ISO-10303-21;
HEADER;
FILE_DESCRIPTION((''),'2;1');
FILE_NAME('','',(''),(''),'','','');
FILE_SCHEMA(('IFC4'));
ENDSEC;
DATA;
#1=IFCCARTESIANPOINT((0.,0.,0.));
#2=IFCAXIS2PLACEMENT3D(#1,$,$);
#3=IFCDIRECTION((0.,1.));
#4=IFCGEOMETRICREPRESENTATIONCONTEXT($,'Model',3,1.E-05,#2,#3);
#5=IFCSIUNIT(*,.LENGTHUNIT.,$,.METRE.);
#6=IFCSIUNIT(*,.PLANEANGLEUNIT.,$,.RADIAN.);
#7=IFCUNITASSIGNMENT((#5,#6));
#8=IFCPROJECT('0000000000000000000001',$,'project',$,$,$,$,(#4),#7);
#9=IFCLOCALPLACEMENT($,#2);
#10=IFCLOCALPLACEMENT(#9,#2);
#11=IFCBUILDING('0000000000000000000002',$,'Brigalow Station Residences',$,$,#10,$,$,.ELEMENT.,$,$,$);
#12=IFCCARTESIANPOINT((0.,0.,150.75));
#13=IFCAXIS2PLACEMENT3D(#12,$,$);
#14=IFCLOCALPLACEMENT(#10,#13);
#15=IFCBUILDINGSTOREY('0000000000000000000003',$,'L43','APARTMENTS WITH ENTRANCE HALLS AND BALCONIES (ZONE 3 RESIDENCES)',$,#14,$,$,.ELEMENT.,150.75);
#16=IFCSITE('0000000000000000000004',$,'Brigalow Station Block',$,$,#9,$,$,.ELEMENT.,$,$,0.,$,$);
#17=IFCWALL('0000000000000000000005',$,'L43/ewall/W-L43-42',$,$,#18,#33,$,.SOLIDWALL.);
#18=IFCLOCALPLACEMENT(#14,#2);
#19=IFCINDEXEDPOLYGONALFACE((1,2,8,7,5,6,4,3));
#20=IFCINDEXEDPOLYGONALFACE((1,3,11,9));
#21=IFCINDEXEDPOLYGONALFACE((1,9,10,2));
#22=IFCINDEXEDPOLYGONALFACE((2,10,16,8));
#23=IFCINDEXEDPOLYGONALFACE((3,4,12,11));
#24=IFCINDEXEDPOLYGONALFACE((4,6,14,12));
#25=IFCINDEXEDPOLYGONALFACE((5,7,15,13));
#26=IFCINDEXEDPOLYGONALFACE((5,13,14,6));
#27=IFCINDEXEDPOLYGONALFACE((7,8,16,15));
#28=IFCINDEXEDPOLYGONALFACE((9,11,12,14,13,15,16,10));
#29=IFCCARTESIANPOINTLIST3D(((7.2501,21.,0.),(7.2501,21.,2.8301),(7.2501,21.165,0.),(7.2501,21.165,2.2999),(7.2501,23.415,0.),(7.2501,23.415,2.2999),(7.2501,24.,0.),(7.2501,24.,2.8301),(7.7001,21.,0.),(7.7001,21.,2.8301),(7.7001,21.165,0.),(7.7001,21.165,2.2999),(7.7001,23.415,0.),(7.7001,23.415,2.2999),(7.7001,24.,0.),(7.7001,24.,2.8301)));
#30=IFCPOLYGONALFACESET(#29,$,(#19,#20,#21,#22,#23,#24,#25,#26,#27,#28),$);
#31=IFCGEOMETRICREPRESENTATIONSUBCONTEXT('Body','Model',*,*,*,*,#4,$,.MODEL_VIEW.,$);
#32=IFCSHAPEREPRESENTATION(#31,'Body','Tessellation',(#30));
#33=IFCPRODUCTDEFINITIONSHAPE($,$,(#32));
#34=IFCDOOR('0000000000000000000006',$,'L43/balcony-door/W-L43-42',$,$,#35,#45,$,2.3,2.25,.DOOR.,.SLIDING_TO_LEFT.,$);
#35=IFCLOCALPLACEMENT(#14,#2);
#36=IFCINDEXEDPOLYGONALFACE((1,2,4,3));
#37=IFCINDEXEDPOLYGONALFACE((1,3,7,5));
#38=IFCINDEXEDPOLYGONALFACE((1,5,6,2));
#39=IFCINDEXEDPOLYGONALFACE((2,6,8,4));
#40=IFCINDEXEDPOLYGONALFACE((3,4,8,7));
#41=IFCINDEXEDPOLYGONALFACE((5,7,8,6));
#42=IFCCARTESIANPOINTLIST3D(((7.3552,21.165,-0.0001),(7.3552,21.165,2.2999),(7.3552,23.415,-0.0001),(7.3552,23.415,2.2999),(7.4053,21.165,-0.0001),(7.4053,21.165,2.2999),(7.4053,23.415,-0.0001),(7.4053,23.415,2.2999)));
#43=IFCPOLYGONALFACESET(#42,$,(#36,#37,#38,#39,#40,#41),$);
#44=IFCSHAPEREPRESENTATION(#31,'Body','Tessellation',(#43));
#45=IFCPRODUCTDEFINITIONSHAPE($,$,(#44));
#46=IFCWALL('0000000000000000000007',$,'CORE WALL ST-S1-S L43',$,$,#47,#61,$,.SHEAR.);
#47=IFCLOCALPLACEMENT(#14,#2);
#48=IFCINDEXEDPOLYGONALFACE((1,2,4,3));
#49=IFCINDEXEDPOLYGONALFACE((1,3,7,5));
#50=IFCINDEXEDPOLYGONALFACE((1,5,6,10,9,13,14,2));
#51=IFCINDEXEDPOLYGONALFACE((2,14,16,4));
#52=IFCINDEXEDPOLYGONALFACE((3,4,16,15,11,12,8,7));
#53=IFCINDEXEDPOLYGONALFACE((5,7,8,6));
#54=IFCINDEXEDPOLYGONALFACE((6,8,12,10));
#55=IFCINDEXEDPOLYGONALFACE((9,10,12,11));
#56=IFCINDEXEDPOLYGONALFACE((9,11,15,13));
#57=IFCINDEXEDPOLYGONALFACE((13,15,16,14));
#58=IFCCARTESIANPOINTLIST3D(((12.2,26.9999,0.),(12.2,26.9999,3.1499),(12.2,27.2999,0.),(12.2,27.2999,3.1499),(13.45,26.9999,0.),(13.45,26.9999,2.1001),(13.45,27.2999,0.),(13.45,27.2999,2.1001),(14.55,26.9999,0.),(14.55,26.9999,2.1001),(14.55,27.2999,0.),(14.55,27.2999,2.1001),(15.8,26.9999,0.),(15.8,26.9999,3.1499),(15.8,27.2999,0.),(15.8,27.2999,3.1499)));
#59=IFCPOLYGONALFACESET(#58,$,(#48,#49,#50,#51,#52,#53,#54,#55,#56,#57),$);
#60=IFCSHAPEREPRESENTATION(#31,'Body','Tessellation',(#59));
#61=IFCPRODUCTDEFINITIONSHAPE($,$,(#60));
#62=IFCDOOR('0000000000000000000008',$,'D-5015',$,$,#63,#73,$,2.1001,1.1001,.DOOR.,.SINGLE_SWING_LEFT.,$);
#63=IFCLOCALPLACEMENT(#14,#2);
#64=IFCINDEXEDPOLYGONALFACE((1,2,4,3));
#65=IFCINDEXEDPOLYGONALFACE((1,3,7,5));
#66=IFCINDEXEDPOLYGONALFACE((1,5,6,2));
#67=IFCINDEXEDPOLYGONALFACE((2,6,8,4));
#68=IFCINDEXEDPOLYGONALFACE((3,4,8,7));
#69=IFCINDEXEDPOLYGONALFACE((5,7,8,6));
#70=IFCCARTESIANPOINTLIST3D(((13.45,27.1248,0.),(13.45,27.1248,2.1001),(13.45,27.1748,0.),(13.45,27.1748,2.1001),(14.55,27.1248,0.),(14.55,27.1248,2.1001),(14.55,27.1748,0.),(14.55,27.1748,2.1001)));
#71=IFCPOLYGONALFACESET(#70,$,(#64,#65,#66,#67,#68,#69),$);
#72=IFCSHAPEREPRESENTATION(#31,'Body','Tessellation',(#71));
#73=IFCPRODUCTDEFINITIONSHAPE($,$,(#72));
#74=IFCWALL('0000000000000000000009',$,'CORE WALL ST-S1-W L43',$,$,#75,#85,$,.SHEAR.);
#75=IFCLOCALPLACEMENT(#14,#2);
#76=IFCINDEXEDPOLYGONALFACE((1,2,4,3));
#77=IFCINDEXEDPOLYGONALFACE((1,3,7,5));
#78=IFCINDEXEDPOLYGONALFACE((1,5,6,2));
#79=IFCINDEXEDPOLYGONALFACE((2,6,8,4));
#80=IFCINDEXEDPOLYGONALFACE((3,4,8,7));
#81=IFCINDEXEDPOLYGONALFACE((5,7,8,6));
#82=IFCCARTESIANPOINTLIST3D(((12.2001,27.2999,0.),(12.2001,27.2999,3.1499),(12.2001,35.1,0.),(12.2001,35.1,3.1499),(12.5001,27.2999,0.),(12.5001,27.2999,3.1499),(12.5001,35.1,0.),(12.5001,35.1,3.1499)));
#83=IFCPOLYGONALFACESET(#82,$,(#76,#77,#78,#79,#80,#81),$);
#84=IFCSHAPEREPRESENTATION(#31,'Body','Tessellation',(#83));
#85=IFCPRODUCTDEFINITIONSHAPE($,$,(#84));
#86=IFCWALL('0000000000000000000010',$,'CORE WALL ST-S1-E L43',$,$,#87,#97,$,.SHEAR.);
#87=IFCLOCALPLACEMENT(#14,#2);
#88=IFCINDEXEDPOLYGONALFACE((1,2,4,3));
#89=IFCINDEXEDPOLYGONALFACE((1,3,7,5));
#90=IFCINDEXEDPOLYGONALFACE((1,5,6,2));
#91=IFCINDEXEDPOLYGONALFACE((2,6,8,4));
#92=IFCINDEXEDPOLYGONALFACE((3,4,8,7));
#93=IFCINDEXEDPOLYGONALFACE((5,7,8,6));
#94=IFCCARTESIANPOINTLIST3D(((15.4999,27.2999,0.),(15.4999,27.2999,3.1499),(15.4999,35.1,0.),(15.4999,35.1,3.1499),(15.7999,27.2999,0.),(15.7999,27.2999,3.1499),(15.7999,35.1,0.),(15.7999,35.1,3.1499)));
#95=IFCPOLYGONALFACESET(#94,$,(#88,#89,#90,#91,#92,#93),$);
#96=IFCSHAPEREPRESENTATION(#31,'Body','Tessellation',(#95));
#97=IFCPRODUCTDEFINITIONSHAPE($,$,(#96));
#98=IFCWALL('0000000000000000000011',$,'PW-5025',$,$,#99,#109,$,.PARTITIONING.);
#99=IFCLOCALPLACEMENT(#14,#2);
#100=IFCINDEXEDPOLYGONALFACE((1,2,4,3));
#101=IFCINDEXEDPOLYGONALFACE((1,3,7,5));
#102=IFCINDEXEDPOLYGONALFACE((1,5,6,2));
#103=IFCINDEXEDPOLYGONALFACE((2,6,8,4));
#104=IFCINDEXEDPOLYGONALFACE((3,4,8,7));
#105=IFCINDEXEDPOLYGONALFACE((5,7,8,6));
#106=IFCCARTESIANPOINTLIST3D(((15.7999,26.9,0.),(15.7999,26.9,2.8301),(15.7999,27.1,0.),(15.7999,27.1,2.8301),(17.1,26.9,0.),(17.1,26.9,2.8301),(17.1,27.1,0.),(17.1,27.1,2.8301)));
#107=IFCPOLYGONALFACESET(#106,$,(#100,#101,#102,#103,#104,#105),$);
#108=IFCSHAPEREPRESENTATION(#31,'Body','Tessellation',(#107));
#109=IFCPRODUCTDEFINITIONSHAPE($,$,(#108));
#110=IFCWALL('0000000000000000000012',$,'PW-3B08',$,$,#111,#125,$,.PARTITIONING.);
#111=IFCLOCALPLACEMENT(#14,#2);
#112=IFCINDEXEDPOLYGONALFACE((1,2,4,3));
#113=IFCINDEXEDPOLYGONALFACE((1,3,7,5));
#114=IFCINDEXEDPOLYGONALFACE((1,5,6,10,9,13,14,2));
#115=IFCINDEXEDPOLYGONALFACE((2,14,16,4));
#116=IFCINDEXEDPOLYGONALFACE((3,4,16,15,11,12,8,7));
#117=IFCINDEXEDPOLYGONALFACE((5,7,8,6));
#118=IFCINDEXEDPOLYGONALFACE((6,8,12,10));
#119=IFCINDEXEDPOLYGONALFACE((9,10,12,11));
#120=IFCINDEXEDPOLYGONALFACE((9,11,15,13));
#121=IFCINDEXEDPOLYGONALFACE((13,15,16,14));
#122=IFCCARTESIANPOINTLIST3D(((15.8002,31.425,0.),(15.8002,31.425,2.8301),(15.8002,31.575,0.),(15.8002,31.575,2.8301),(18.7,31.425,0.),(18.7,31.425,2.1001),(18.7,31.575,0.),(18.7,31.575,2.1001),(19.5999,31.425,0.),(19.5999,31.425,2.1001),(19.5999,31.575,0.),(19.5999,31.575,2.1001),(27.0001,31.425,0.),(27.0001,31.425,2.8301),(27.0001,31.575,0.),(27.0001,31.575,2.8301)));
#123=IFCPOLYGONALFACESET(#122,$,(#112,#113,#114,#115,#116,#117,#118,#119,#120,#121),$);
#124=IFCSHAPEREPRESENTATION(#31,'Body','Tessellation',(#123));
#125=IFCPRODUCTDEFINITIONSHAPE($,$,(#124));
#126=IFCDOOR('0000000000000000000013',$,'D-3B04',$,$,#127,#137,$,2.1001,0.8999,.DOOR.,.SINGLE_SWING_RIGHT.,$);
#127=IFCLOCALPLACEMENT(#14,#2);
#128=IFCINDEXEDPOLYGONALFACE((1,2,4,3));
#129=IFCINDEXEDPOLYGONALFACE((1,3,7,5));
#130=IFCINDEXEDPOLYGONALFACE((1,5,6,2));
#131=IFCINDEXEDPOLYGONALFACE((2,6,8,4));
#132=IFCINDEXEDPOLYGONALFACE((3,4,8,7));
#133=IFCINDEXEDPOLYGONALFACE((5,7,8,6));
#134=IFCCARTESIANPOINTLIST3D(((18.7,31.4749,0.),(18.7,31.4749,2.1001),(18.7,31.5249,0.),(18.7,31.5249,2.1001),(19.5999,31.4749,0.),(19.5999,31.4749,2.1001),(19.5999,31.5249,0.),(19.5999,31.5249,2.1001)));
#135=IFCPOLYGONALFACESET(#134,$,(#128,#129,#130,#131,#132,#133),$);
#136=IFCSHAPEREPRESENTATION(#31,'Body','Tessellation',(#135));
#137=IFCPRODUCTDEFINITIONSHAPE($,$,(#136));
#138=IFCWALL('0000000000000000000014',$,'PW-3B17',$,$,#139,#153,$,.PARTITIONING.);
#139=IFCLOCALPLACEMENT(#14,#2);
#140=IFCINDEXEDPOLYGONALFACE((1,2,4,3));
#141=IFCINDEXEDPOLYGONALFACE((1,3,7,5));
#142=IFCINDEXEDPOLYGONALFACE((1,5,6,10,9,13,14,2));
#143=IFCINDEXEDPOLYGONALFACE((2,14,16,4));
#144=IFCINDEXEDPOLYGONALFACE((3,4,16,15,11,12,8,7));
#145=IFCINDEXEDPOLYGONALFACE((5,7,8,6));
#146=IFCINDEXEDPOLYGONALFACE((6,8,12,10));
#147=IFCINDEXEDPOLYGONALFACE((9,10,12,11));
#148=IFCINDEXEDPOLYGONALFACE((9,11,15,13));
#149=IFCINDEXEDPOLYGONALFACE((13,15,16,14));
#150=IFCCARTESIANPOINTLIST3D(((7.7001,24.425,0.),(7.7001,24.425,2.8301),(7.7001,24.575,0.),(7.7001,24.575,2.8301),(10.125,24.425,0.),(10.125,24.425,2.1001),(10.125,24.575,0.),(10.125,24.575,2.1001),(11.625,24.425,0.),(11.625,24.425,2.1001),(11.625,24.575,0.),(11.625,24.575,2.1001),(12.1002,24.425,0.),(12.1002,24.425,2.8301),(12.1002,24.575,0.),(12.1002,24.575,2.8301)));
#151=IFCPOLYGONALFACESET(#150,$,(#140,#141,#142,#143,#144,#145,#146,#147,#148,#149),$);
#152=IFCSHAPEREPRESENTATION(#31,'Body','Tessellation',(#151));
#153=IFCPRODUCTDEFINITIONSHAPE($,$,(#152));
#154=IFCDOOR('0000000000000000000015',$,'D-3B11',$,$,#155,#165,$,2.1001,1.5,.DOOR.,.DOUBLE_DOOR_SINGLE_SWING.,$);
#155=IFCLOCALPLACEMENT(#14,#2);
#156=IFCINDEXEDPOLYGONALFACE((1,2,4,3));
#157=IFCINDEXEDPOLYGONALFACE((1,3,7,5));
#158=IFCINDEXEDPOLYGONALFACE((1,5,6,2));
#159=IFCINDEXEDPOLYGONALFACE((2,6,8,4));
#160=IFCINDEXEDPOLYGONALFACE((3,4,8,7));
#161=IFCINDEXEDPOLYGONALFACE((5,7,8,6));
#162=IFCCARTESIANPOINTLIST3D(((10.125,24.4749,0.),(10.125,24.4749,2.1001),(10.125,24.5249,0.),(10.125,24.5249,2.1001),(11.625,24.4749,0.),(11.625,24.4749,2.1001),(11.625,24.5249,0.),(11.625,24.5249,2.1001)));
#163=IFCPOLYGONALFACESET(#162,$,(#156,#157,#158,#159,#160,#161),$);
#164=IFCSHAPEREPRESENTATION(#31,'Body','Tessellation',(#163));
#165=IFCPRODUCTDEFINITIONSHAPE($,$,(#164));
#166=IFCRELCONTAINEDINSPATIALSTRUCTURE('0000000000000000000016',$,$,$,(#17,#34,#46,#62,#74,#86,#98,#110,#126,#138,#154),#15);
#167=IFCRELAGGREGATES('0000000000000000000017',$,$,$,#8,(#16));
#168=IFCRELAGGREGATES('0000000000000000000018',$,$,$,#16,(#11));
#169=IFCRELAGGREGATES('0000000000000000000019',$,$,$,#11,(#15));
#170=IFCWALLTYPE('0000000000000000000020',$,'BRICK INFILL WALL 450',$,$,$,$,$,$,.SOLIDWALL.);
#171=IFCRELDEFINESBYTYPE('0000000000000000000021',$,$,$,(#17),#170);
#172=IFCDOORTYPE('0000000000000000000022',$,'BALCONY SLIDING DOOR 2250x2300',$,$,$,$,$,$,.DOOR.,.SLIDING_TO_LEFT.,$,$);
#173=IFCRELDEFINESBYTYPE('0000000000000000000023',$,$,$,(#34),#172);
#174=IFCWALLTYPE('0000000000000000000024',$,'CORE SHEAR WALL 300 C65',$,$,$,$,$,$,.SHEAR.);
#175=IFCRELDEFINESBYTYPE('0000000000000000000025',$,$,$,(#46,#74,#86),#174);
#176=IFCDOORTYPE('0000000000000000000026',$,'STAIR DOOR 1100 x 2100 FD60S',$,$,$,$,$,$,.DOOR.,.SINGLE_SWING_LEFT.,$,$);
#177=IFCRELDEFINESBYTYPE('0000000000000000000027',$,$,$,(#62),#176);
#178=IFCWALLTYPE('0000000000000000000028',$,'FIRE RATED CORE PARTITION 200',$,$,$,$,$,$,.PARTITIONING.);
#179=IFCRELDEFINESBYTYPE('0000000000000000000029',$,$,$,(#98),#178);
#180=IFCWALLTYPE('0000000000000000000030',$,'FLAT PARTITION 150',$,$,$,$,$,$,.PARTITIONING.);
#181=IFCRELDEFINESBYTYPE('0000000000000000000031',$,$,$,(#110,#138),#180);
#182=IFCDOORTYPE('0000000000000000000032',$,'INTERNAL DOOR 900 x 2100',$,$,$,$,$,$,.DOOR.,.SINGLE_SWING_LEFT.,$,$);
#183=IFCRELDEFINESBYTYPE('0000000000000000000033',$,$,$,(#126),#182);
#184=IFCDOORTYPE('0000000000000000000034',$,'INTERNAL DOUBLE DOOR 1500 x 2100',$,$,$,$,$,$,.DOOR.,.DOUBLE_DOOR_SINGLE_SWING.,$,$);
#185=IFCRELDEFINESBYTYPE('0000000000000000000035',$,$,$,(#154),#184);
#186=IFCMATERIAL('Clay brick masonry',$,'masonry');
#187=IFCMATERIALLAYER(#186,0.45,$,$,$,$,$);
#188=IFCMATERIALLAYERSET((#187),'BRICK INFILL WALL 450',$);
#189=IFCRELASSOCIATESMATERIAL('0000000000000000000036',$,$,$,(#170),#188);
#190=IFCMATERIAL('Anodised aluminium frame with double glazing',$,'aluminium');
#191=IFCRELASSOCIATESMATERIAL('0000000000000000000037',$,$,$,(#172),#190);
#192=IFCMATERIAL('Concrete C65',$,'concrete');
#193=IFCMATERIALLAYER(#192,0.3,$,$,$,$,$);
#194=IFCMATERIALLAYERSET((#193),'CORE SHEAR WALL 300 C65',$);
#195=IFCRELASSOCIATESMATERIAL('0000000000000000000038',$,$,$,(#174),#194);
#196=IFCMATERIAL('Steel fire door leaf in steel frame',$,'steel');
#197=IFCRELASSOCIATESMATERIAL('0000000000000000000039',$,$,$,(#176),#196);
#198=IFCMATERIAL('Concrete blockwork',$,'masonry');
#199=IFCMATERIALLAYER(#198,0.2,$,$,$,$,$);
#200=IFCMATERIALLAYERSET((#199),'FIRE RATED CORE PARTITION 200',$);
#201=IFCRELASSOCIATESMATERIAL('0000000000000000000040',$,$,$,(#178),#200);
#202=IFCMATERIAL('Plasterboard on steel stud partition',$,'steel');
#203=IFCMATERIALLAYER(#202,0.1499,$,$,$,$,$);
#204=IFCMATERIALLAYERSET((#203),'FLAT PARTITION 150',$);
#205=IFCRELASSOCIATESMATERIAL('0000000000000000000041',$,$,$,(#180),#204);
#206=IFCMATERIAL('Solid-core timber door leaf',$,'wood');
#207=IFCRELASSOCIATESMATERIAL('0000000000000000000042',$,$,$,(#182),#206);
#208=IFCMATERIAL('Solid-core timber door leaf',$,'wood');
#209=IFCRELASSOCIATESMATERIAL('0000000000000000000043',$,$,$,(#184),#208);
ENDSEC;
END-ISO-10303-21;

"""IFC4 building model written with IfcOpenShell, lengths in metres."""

from ifc_helpers import new_model, si_unit, direction, frame, frame_2d, origin, place, context, subcontext, project, spatial, rectangle, extrude, material, layer, layer_set, type_object, element, fill, save


model = new_model("IFC4")

# Units and contexts
model_context = context("Model", 3, precision=1e-05, world=origin(), true_north=direction((0.0, 1.0)))
body_context = subcontext(model_context, "Body", "Model", "MODEL_VIEW")
ifc_project = project(units=[si_unit("LENGTHUNIT", "METRE"), si_unit("PLANEANGLEUNIT", "RADIAN")], contexts=[model_context])

# Site, building, storey
site_placement = place(None, origin())
site = spatial("IfcSite", under=ifc_project, at=site_placement, Name="Brigalow Station Block", CompositionType="ELEMENT", RefElevation=0.0)
building_placement = place(site_placement, origin())
building = spatial("IfcBuilding", under=site, at=building_placement, Name="Brigalow Station Residences", CompositionType="ELEMENT")
storey_placement = place(building_placement, frame((0.0, 0.0, 150.75)))
storey = spatial("IfcBuildingStorey", under=building, at=storey_placement, Name="L43", Description="APARTMENTS WITH ENTRANCE HALLS AND BALCONIES (ZONE 3 RESIDENCES)", CompositionType="ELEMENT", Elevation=150.75)

# Shared definitions
ifc_material_1 = material(Name="Clay brick masonry", Category="masonry")
ifc_layer_1 = layer(ifc_material_1, 0.45)
ifc_layer_set_1 = layer_set([ifc_layer_1], Name="BRICK INFILL WALL 450")
wall_type_1 = type_object("IfcWallType", Name="BRICK INFILL WALL 450", PredefinedType="SOLIDWALL", material=ifc_layer_set_1)

# Walls, openings, doors
wall_1_placement = place(storey_placement, frame((7.4751, 24.0, 0.0), z_axis=(0.0, 0.0, 1.0), x_axis=(0.0, -1.0, 0.0)))
wall_1 = element("IfcWall", 1, at=wall_1_placement, inside=storey, type_object=wall_type_1, Name="L43/ewall/W-L43-42", PredefinedType="SOLIDWALL", context=body_context, shape_type="SweptSolid", body=[
    extrude(rectangle(XDim=3.0, YDim=0.45, at=frame_2d((1.5, 0.0))), origin(), (0.0, 0.0, 1.0), 2.8301),
])
opening_1_placement = place(wall_1_placement, frame((0.585, 0.0, 0.0)))
opening_1 = element("IfcOpeningElement", 2, at=opening_1_placement, cuts=wall_1, PredefinedType="OPENING", context=body_context, shape_type="SweptSolid", body=[
    extrude(rectangle(XDim=2.25, YDim=2.3, at=frame_2d((1.125, 1.1499))), frame((0.0, 0.2349, 0.0), z_axis=(0.0, -1.0, 0.0), x_axis=(1.0, 0.0, 0.0)), (0.0, 0.0, 1.0), 0.47),
])
ifc_material_2 = material(Name="Anodised aluminium frame with double glazing", Category="aluminium")
door_type_1 = type_object("IfcDoorType", Name="BALCONY SLIDING DOOR 2250x2300", OperationType="SLIDING_TO_LEFT", PredefinedType="DOOR", material=ifc_material_2)
door_1_placement = place(opening_1_placement, origin())
door_1 = element("IfcDoor", 3, at=door_1_placement, inside=storey, type_object=door_type_1, Name="L43/balcony-door/W-L43-42", OperationType="SLIDING_TO_LEFT", OverallHeight=2.3, OverallWidth=2.25, PredefinedType="DOOR", context=body_context, shape_type="SweptSolid", body=[
    extrude(rectangle(XDim=2.25, YDim=2.3, at=frame_2d((1.125, 1.1499))), frame((0.0, -0.0698, 0.0), z_axis=(0.0, -1.0, 0.0), x_axis=(1.0, 0.0, 0.0)), (0.0, 0.0, 1.0), 0.05),
])
fill(opening_1, door_1)
ifc_material_3 = material(Name="Concrete C65", Category="concrete")
ifc_layer_2 = layer(ifc_material_3, 0.3)
ifc_layer_set_2 = layer_set([ifc_layer_2], Name="CORE SHEAR WALL 300 C65")
wall_type_2 = type_object("IfcWallType", Name="CORE SHEAR WALL 300 C65", PredefinedType="SHEAR", material=ifc_layer_set_2)
wall_2_placement = place(storey_placement, frame((12.2, 27.1499, 0.0), z_axis=(0.0, 0.0, 1.0), x_axis=(1.0, 0.0, 0.0)))
wall_2 = element("IfcWall", 4, at=wall_2_placement, inside=storey, type_object=wall_type_2, Name="CORE WALL ST-S1-S L43", PredefinedType="SHEAR", context=body_context, shape_type="SweptSolid", body=[
    extrude(rectangle(XDim=3.6001, YDim=0.3, at=frame_2d((1.8, 0.0))), origin(), (0.0, 0.0, 1.0), 3.1499),
])
opening_2_placement = place(wall_2_placement, frame((1.25, 0.0, 0.0)))
opening_2 = element("IfcOpeningElement", 5, at=opening_2_placement, cuts=wall_2, PredefinedType="OPENING", context=body_context, shape_type="SweptSolid", body=[
    extrude(rectangle(XDim=1.1001, YDim=2.1001, at=frame_2d((0.55, 1.05))), frame((0.0, 0.1602, 0.0), z_axis=(0.0, -1.0, 0.0), x_axis=(1.0, 0.0, 0.0)), (0.0, 0.0, 1.0), 0.3201),
])
ifc_material_4 = material(Name="Steel fire door leaf in steel frame", Category="steel")
door_type_2 = type_object("IfcDoorType", Name="STAIR DOOR 1100 x 2100 FD60S", OperationType="SINGLE_SWING_LEFT", PredefinedType="DOOR", material=ifc_material_4)
door_2_placement = place(opening_2_placement, origin())
door_2 = element("IfcDoor", 6, at=door_2_placement, inside=storey, type_object=door_type_2, Name="D-5015", OperationType="SINGLE_SWING_LEFT", OverallHeight=2.1001, OverallWidth=1.1001, PredefinedType="DOOR", context=body_context, shape_type="SweptSolid", body=[
    extrude(rectangle(XDim=1.1001, YDim=2.1001, at=frame_2d((0.55, 1.05))), frame((0.0, 0.0249, 0.0), z_axis=(0.0, -1.0, 0.0), x_axis=(1.0, 0.0, 0.0)), (0.0, 0.0, 1.0), 0.05),
])
fill(opening_2, door_2)

# Walls
for number, where, z_axis, x_axis, name in (
    (7, (12.3501, 27.3, 0.0), (0.0, 0.0, 1.0), (0.0, 1.0, 0.0), "CORE WALL ST-S1-W L43"),
    (8, (15.6499, 27.3, 0.0), (0.0, 0.0, 1.0), (0.0, 1.0, 0.0), "CORE WALL ST-S1-E L43"),
):
    element("IfcWall", number, at=place(storey_placement, frame(where, z_axis=z_axis, x_axis=x_axis)), inside=storey, type_object=wall_type_2, Name=name, PredefinedType="SHEAR", context=body_context, shape_type="SweptSolid", body=[
        extrude(rectangle(XDim=7.8, YDim=0.3, at=frame_2d((3.8999, 0.0))), origin(), (0.0, 0.0, 1.0), 3.1499),
    ])
ifc_material_5 = material(Name="Concrete blockwork", Category="masonry")
ifc_layer_3 = layer(ifc_material_5, 0.2)
ifc_layer_set_3 = layer_set([ifc_layer_3], Name="FIRE RATED CORE PARTITION 200")
wall_type_3 = type_object("IfcWallType", Name="FIRE RATED CORE PARTITION 200", PredefinedType="PARTITIONING", material=ifc_layer_set_3)
wall_3_placement = place(storey_placement, frame((15.8, 27.0, 0.0), z_axis=(0.0, 0.0, 1.0), x_axis=(1.0, 0.0, 0.0)))
element("IfcWall", 9, at=wall_3_placement, inside=storey, type_object=wall_type_3, Name="PW-5025", PredefinedType="PARTITIONING", context=body_context, shape_type="SweptSolid", body=[
    extrude(rectangle(XDim=1.3, YDim=0.2, at=frame_2d((0.6499, 0.0))), origin(), (0.0, 0.0, 1.0), 2.8301),
])

# Walls, openings, doors
ifc_material_6 = material(Name="Plasterboard on steel stud partition", Category="steel")
ifc_layer_4 = layer(ifc_material_6, 0.1499)
ifc_layer_set_4 = layer_set([ifc_layer_4], Name="FLAT PARTITION 150")
wall_type_4 = type_object("IfcWallType", Name="FLAT PARTITION 150", PredefinedType="PARTITIONING", material=ifc_layer_set_4)
wall_4_placement = place(storey_placement, frame((15.8, 31.5, 0.0), z_axis=(0.0, 0.0, 1.0), x_axis=(1.0, 0.0, 0.0)))
wall_4 = element("IfcWall", 10, at=wall_4_placement, inside=storey, type_object=wall_type_4, Name="PW-3B08", PredefinedType="PARTITIONING", context=body_context, shape_type="SweptSolid", body=[
    extrude(rectangle(XDim=11.2, YDim=0.1499, at=frame_2d((5.6001, 0.0))), origin(), (0.0, 0.0, 1.0), 2.8301),
])
opening_3_placement = place(wall_4_placement, frame((2.8999, 0.0, 0.0)))
opening_3 = element("IfcOpeningElement", 11, at=opening_3_placement, cuts=wall_4, PredefinedType="OPENING", context=body_context, shape_type="SweptSolid", body=[
    extrude(rectangle(XDim=0.8999, YDim=2.1001, at=frame_2d((0.45, 1.05))), frame((0.0, 0.085, 0.0), z_axis=(0.0, -1.0, 0.0), x_axis=(1.0, 0.0, 0.0)), (0.0, 0.0, 1.0), 0.1699),
])
ifc_material_7 = material(Name="Solid-core timber door leaf", Category="wood")
door_type_3 = type_object("IfcDoorType", Name="INTERNAL DOOR 900 x 2100", OperationType="SINGLE_SWING_LEFT", PredefinedType="DOOR", material=ifc_material_7)
door_3_placement = place(opening_3_placement, origin())
door_3 = element("IfcDoor", 12, at=door_3_placement, inside=storey, type_object=door_type_3, Name="D-3B04", OperationType="SINGLE_SWING_RIGHT", OverallHeight=2.1001, OverallWidth=0.8999, PredefinedType="DOOR", context=body_context, shape_type="SweptSolid", body=[
    extrude(rectangle(XDim=0.8999, YDim=2.1001, at=frame_2d((0.45, 1.05))), frame((0.0, 0.0249, 0.0), z_axis=(0.0, -1.0, 0.0), x_axis=(1.0, 0.0, 0.0)), (0.0, 0.0, 1.0), 0.05),
])
fill(opening_3, door_3)
wall_5_placement = place(storey_placement, frame((7.7, 24.5, 0.0), z_axis=(0.0, 0.0, 1.0), x_axis=(1.0, 0.0, 0.0)))
wall_5 = element("IfcWall", 13, at=wall_5_placement, inside=storey, type_object=wall_type_4, Name="PW-3B17", PredefinedType="PARTITIONING", context=body_context, shape_type="SweptSolid", body=[
    extrude(rectangle(XDim=4.4001, YDim=0.1499, at=frame_2d((2.2002, 0.0))), origin(), (0.0, 0.0, 1.0), 2.8301),
])
opening_4_placement = place(wall_5_placement, frame((2.425, 0.0, 0.0)))
opening_4 = element("IfcOpeningElement", 14, at=opening_4_placement, cuts=wall_5, PredefinedType="OPENING", context=body_context, shape_type="SweptSolid", body=[
    extrude(rectangle(XDim=1.5, YDim=2.1001, at=frame_2d((0.75, 1.05))), frame((0.0, 0.085, 0.0), z_axis=(0.0, -1.0, 0.0), x_axis=(1.0, 0.0, 0.0)), (0.0, 0.0, 1.0), 0.1699),
])
ifc_material_8 = material(Name="Solid-core timber door leaf", Category="wood")
door_type_4 = type_object("IfcDoorType", Name="INTERNAL DOUBLE DOOR 1500 x 2100", OperationType="DOUBLE_DOOR_SINGLE_SWING", PredefinedType="DOOR", material=ifc_material_8)
door_4_placement = place(opening_4_placement, origin())
door_4 = element("IfcDoor", 15, at=door_4_placement, inside=storey, type_object=door_type_4, Name="D-3B11", OperationType="DOUBLE_DOOR_SINGLE_SWING", OverallHeight=2.1001, OverallWidth=1.5, PredefinedType="DOOR", context=body_context, shape_type="SweptSolid", body=[
    extrude(rectangle(XDim=1.5, YDim=2.1001, at=frame_2d((0.75, 1.05))), frame((0.0, 0.0249, 0.0), z_axis=(0.0, -1.0, 0.0), x_axis=(1.0, 0.0, 0.0)), (0.0, 0.0, 1.0), 0.05),
])
fill(opening_4, door_4)

save(model, "model.ifc")
